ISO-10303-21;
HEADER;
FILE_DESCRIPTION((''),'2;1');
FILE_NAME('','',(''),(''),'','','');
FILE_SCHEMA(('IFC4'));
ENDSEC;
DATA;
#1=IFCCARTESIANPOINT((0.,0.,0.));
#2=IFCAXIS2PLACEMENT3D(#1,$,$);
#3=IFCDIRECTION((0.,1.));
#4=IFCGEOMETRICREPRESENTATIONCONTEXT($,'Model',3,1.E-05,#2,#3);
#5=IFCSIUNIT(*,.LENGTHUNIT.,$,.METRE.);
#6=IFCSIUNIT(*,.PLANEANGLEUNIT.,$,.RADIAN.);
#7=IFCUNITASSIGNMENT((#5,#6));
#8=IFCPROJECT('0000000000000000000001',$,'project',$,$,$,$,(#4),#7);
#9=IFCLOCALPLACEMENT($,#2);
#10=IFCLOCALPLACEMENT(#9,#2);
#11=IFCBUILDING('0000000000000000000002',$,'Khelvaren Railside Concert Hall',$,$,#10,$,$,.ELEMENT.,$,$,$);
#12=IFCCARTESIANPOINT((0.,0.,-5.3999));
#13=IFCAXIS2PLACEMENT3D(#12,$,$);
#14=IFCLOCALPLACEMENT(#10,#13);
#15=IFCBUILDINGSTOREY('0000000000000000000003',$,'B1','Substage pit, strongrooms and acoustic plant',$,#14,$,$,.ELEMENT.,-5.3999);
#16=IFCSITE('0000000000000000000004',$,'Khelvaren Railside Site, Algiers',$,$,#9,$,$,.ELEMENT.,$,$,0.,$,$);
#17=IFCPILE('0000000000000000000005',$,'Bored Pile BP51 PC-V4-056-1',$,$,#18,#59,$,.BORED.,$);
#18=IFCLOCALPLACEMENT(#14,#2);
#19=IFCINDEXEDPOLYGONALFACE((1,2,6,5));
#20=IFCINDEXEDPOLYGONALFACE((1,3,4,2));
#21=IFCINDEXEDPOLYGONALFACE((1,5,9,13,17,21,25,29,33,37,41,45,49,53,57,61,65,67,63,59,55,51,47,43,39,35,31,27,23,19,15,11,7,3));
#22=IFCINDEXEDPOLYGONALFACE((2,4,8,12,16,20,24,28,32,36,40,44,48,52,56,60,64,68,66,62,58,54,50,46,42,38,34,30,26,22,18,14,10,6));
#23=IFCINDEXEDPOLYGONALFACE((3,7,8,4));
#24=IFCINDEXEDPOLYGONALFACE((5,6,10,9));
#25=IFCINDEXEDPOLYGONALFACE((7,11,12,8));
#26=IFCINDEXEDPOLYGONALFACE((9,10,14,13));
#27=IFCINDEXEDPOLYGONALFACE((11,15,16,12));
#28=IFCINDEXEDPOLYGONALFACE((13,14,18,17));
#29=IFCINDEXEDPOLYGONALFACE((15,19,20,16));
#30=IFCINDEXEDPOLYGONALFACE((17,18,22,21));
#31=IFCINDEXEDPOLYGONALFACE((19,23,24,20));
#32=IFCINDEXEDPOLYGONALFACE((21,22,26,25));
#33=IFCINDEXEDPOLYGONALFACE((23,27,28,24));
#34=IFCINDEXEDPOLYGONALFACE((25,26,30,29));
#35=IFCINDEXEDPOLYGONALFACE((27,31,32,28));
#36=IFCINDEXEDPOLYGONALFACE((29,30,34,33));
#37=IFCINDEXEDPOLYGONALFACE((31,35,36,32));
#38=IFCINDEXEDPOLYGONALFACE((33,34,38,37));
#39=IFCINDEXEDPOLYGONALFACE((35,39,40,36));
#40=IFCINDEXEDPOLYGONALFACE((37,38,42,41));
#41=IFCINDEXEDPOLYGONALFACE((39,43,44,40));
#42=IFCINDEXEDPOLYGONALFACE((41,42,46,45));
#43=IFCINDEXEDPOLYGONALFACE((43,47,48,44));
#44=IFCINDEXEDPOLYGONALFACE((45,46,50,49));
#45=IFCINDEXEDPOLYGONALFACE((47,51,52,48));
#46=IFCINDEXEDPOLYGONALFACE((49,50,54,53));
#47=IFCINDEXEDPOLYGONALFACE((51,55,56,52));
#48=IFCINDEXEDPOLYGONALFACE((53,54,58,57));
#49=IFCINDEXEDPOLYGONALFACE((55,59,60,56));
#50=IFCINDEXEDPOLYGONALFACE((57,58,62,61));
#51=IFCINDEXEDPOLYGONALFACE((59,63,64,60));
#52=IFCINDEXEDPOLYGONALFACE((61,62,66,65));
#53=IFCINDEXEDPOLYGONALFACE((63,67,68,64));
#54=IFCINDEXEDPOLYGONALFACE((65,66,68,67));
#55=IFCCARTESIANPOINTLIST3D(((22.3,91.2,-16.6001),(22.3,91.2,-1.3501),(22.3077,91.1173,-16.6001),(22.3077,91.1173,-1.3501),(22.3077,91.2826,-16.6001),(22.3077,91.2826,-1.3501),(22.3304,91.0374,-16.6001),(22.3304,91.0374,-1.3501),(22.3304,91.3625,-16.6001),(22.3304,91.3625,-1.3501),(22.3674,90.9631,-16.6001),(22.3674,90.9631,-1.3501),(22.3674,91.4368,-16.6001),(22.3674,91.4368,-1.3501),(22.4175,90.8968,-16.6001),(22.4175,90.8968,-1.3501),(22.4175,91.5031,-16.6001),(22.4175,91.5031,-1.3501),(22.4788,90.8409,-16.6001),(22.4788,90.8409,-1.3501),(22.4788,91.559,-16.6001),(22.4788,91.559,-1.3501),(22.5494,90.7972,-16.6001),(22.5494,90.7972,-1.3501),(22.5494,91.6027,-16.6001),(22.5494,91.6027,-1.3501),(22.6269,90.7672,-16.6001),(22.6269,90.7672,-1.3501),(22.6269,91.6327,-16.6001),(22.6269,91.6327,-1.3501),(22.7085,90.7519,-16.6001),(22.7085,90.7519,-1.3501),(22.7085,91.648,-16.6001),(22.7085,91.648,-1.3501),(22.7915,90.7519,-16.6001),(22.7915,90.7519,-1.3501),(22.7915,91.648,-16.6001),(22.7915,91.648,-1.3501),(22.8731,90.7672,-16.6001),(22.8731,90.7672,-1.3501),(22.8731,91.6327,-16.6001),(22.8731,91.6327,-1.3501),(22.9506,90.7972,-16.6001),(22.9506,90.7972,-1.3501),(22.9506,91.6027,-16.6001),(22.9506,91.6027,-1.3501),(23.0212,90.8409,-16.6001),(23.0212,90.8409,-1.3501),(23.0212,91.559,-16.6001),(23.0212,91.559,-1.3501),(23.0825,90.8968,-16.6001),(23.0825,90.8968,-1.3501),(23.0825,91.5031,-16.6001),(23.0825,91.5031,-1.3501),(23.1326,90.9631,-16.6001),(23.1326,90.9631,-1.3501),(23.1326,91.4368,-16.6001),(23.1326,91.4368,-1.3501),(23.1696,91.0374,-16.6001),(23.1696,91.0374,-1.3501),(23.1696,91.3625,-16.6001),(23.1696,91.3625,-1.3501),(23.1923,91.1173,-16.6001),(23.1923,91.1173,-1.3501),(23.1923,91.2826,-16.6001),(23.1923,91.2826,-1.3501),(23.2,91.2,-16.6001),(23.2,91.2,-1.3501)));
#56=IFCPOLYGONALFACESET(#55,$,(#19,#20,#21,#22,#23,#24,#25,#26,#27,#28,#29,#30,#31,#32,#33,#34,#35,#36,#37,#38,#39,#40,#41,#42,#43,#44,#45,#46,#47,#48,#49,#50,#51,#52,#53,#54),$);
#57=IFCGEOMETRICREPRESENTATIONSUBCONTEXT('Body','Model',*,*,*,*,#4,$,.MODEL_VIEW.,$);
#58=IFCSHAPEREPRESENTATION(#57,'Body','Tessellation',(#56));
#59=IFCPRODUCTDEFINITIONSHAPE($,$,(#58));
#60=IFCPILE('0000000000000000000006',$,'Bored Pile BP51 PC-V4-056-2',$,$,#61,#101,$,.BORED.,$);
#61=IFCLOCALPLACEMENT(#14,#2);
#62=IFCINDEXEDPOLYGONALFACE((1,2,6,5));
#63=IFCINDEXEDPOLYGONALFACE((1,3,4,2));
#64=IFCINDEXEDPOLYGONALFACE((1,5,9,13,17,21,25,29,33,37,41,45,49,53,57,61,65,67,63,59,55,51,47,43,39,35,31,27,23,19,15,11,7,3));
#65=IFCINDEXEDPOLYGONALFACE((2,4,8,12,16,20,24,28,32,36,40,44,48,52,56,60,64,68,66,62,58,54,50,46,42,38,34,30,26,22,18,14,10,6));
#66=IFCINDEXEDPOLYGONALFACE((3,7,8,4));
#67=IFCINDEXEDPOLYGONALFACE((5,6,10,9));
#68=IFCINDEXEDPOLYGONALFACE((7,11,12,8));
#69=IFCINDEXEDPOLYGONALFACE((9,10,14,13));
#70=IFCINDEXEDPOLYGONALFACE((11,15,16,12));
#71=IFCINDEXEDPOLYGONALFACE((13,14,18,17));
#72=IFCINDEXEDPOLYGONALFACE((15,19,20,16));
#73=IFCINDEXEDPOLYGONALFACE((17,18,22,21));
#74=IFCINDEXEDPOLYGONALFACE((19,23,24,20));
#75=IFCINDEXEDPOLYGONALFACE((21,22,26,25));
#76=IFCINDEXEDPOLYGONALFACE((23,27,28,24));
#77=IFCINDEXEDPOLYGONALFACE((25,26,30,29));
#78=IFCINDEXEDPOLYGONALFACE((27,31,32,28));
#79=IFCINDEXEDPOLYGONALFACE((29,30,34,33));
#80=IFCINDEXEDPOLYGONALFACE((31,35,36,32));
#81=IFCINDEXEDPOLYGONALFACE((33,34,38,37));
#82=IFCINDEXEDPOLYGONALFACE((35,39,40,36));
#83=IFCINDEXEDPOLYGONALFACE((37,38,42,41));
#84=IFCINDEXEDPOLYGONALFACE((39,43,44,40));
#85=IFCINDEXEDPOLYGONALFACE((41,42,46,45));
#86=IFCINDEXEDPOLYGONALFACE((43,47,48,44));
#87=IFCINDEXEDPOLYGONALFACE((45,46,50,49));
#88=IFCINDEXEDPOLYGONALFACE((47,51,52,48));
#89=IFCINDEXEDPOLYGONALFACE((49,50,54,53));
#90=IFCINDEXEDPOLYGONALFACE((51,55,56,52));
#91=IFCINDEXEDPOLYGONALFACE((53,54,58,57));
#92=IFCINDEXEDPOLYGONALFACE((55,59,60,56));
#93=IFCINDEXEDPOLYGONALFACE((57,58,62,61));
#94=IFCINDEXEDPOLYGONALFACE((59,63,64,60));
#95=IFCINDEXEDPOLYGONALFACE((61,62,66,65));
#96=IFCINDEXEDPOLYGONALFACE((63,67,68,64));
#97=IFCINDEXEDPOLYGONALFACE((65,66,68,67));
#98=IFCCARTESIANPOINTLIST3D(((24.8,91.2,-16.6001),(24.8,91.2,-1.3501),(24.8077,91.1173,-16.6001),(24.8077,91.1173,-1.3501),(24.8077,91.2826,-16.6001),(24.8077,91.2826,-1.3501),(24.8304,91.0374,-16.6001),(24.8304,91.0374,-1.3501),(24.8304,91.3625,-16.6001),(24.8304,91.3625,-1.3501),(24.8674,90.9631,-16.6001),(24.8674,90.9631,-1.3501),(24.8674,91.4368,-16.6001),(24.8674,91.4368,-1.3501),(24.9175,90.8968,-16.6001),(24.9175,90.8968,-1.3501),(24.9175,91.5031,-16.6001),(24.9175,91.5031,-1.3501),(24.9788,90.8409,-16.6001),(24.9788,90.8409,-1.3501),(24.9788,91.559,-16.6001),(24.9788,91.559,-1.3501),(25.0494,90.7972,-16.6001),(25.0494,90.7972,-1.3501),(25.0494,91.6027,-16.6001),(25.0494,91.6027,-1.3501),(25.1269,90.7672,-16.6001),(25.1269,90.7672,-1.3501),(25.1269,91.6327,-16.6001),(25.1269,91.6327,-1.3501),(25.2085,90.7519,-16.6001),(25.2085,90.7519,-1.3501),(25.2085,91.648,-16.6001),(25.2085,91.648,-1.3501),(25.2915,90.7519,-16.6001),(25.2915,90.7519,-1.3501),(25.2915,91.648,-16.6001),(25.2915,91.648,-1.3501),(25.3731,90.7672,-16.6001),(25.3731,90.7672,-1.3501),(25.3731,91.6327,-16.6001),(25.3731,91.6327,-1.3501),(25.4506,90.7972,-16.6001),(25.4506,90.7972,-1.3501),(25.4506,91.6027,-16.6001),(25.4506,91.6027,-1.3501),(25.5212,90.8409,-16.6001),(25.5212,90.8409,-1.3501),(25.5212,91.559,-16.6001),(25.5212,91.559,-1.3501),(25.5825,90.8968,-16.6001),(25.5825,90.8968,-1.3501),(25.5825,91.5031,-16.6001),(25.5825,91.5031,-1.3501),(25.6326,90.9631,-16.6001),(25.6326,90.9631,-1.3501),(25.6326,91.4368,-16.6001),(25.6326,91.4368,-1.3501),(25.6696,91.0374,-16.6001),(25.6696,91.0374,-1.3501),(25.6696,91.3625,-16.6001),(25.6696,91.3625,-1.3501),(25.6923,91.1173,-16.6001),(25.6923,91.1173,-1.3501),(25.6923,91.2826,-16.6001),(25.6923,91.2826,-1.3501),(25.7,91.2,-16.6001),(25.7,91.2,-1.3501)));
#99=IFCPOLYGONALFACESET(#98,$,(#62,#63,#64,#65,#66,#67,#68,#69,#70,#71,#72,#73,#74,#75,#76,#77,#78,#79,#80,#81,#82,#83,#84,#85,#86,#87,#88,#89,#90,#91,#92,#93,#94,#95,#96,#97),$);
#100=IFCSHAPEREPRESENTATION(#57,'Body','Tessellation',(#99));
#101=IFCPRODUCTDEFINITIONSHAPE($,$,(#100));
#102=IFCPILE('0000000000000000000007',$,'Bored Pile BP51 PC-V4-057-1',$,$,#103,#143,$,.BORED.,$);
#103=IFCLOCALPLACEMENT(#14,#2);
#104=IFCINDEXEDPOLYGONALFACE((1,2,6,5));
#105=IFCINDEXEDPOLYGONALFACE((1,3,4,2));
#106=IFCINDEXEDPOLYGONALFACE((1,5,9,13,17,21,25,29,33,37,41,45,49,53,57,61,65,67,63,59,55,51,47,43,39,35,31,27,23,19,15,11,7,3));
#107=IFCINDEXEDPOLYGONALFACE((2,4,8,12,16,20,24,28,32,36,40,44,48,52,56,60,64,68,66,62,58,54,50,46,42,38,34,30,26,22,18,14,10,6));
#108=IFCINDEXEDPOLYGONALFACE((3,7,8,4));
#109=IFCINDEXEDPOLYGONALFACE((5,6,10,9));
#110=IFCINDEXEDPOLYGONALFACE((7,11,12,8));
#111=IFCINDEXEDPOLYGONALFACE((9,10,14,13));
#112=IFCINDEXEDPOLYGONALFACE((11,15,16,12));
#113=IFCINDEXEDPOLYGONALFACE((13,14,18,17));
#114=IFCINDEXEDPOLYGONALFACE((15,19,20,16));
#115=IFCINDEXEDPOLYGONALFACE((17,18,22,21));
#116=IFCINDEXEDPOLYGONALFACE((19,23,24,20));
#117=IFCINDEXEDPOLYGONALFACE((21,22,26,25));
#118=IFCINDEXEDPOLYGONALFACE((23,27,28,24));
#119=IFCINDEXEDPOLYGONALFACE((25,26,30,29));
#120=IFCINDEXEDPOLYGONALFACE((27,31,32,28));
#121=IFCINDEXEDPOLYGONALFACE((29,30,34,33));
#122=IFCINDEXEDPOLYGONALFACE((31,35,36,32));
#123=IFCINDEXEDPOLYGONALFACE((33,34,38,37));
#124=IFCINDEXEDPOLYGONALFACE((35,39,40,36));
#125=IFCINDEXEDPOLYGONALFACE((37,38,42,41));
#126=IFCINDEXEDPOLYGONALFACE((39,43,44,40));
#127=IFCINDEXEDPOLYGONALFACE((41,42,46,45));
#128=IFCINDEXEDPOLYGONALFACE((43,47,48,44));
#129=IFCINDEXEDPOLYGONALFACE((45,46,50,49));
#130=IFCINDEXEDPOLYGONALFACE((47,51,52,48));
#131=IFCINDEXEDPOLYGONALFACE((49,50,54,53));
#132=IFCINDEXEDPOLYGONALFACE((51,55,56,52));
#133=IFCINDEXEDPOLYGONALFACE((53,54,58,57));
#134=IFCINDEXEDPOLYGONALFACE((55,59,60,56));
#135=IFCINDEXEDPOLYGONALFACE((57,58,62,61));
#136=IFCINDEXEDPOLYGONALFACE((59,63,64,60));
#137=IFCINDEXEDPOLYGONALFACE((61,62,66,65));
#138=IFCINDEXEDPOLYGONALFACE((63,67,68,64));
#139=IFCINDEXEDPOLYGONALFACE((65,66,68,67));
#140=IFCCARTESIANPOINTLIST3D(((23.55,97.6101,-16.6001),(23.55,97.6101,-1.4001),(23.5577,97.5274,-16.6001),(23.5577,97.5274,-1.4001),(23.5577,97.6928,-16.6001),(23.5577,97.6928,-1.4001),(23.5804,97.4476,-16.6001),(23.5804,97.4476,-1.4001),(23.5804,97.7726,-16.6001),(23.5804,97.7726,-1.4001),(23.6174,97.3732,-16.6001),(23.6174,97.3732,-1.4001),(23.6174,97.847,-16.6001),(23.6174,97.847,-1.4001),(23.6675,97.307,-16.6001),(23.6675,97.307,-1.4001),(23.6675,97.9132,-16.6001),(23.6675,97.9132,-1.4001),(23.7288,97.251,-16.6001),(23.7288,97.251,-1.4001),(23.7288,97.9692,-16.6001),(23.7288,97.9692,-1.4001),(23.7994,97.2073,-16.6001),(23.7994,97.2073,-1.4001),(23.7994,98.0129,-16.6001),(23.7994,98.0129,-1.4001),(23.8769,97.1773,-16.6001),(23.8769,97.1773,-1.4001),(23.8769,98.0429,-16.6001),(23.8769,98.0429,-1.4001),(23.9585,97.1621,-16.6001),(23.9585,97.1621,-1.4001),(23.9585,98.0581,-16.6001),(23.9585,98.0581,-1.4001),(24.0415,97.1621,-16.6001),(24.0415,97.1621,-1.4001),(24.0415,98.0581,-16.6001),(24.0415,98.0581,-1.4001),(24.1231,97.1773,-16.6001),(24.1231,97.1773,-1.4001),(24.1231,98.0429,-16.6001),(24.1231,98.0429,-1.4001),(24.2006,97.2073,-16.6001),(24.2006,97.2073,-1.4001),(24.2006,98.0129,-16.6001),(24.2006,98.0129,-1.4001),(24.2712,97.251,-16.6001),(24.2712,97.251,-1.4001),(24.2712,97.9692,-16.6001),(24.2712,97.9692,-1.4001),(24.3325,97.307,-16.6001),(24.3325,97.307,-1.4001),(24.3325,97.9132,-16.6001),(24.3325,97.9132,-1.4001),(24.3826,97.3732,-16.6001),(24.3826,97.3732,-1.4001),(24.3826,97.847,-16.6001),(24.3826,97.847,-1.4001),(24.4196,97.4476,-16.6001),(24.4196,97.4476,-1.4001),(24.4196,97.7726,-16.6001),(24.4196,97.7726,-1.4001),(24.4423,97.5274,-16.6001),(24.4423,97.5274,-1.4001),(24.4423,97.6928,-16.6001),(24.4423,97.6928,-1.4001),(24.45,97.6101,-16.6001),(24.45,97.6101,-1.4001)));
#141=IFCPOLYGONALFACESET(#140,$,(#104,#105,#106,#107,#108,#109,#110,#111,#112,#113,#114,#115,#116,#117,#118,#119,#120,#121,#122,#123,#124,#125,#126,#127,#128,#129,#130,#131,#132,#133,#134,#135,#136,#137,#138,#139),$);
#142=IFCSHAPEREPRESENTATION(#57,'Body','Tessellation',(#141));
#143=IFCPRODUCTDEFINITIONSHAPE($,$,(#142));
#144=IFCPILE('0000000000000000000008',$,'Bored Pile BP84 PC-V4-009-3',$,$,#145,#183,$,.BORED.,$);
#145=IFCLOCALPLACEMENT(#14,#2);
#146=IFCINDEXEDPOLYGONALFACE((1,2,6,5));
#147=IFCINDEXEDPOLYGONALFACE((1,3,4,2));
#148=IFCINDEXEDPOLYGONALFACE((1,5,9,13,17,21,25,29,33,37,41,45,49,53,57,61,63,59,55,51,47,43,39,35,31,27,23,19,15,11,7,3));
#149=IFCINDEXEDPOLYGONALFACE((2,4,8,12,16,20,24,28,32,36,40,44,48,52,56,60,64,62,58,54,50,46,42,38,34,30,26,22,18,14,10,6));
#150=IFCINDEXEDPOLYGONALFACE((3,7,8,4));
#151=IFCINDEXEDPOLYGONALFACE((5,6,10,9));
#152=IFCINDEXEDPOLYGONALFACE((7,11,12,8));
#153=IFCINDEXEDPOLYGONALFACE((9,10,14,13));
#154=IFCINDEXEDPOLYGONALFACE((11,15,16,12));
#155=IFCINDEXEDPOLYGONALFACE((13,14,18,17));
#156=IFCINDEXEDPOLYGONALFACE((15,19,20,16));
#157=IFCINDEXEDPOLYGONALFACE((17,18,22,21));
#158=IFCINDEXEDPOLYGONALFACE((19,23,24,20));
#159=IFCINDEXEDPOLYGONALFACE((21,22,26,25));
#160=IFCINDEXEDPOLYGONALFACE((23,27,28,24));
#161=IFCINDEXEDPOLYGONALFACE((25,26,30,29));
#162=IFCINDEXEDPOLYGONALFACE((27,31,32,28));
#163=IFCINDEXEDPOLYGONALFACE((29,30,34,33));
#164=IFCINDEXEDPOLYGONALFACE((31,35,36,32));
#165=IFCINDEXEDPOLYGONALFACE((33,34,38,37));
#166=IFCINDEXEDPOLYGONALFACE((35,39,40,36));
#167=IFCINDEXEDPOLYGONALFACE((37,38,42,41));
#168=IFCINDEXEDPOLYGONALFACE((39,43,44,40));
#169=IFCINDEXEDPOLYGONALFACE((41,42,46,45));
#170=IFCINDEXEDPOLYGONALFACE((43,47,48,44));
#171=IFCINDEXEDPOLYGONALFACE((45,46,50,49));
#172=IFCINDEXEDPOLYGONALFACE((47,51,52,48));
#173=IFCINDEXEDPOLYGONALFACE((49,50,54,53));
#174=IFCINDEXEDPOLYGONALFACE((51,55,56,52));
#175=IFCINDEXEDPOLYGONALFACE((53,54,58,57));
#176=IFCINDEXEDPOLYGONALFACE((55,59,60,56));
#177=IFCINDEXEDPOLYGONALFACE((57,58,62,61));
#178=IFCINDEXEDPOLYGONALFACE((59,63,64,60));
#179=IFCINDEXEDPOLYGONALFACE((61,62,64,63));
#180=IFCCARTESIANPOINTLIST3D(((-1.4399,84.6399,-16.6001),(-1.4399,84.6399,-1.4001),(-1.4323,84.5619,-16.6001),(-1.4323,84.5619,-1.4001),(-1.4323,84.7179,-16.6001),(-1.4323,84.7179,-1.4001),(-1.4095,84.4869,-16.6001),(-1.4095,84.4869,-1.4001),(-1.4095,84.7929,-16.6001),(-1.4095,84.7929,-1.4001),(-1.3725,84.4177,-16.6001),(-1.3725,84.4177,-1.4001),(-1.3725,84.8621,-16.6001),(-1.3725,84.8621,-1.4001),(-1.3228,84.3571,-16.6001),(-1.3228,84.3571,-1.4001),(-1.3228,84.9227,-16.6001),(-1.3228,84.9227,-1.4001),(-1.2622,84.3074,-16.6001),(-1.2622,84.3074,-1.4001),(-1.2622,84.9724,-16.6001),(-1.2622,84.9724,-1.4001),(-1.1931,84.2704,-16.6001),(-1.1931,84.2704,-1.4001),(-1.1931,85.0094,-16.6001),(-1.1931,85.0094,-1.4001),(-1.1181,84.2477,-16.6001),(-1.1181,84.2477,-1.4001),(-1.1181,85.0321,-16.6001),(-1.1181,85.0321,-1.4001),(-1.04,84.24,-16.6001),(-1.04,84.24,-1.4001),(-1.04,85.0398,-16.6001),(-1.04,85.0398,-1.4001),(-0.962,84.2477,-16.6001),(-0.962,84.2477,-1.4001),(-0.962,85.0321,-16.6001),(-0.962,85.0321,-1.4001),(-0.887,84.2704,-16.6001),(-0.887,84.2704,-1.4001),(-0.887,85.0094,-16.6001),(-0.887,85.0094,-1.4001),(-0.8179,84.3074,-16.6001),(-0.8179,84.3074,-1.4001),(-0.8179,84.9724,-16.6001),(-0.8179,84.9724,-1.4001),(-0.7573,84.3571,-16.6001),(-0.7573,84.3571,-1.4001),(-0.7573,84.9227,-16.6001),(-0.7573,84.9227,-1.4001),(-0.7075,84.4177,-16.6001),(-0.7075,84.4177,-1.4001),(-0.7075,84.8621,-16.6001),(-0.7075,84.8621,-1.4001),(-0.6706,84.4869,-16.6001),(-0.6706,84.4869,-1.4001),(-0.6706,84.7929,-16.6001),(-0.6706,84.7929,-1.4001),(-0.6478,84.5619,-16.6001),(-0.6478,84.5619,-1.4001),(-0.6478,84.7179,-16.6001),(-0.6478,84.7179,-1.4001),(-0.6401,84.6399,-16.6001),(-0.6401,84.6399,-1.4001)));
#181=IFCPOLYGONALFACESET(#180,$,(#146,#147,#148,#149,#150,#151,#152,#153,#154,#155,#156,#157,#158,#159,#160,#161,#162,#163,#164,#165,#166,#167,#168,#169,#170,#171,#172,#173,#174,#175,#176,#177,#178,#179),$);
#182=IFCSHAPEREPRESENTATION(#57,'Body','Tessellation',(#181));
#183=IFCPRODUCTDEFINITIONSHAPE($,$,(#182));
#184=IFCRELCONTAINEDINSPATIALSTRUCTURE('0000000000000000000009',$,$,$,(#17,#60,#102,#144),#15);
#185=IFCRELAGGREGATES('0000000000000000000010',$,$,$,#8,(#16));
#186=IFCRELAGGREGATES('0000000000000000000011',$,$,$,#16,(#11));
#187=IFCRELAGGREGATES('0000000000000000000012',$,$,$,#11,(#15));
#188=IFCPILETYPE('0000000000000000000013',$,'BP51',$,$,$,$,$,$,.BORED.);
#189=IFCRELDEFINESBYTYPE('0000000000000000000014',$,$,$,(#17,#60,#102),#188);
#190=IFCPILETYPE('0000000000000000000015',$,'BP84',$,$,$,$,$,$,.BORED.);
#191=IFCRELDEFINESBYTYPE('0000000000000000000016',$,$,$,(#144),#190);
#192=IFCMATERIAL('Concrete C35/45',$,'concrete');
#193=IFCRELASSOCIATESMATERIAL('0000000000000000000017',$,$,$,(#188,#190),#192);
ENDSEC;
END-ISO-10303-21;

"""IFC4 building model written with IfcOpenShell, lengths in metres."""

from ifc_helpers import new_model, si_unit, direction, frame, origin, origin_2d, place, context, subcontext, project, spatial, circle, extrude, material, material_profile, profile_set, type_object, element, save


model = new_model("IFC4")

# Units and contexts
model_context = context("Model", 3, precision=1e-05, world=origin(), true_north=direction((0.0, 1.0)))
body_context = subcontext(model_context, "Body", "Model", "MODEL_VIEW")
ifc_project = project(units=[si_unit("LENGTHUNIT", "METRE"), si_unit("PLANEANGLEUNIT", "RADIAN")], contexts=[model_context])

# Site, building, storey
site_placement = place(None, origin())
site = spatial("IfcSite", under=ifc_project, at=site_placement, Name="Khelvaren Railside Site, Algiers", CompositionType="ELEMENT", RefElevation=0.0)
building_placement = place(site_placement, origin())
building = spatial("IfcBuilding", under=site, at=building_placement, Name="Khelvaren Railside Concert Hall", CompositionType="ELEMENT")
storey_placement = place(building_placement, frame((0.0, 0.0, -5.3999)))
storey = spatial("IfcBuildingStorey", under=building, at=storey_placement, Name="B1", Description="Substage pit, strongrooms and acoustic plant", CompositionType="ELEMENT", Elevation=-5.3999)

# Piles
ifc_material_1 = material(Name="Concrete C35/45", Category="concrete")
ifc_material_profile_1 = material_profile(ifc_material_1, circle(Radius=0.45, at=origin_2d()), Name="BP D900")
ifc_profile_set_1 = profile_set([ifc_material_profile_1], Name="Concrete C35/45")
pile_type_1 = type_object("IfcPileType", Name="BP51", PredefinedType="BORED", material=ifc_profile_set_1)
for number, where, z_axis, x_axis, name in (
    (1, (22.75, 91.2, -1.3501), (0.0, 0.0, -1.0), (1.0, 0.0, 0.0), "Bored Pile BP51 PC-V4-056-1"),
    (2, (25.25, 91.2, -1.3501), (0.0, 0.0, -1.0), (1.0, 0.0, 0.0), "Bored Pile BP51 PC-V4-056-2"),
):
    element("IfcPile", number, at=place(storey_placement, frame(where, z_axis=z_axis, x_axis=x_axis)), inside=storey, type_object=pile_type_1, Name=name, PredefinedType="BORED", context=body_context, shape_type="SweptSolid", body=[
        extrude(circle(Radius=0.45, at=origin_2d()), origin(), (0.0, 0.0, 1.0), 15.25),
    ])
pile_1_placement = place(storey_placement, frame((24.0, 97.6101, -1.4001), z_axis=(0.0, 0.0, -1.0), x_axis=(1.0, 0.0, 0.0)))
element("IfcPile", 3, at=pile_1_placement, inside=storey, type_object=pile_type_1, Name="Bored Pile BP51 PC-V4-057-1", PredefinedType="BORED", context=body_context, shape_type="SweptSolid", body=[
    extrude(circle(Radius=0.45, at=origin_2d()), origin(), (0.0, 0.0, 1.0), 15.2),
])
ifc_material_profile_2 = material_profile(ifc_material_1, circle(Radius=0.3999, at=origin_2d()), Name="BP D800")
ifc_profile_set_2 = profile_set([ifc_material_profile_2], Name="Concrete C35/45")
pile_type_2 = type_object("IfcPileType", Name="BP84", PredefinedType="BORED", material=ifc_profile_set_2)
for number, where, z_axis, x_axis, name in (
    (4, (-1.04, 84.6399, -1.4001), (0.0, 0.0, -1.0), (1.0, 0.0, 0.0), "Bored Pile BP84 PC-V4-009-3"),
):
    element("IfcPile", number, at=place(storey_placement, frame(where, z_axis=z_axis, x_axis=x_axis)), inside=storey, type_object=pile_type_2, Name=name, PredefinedType="BORED", context=body_context, shape_type="SweptSolid", body=[
        extrude(circle(Radius=0.3999, at=origin_2d()), origin(), (0.0, 0.0, 1.0), 15.2),
    ])

save(model, "model.ifc")
